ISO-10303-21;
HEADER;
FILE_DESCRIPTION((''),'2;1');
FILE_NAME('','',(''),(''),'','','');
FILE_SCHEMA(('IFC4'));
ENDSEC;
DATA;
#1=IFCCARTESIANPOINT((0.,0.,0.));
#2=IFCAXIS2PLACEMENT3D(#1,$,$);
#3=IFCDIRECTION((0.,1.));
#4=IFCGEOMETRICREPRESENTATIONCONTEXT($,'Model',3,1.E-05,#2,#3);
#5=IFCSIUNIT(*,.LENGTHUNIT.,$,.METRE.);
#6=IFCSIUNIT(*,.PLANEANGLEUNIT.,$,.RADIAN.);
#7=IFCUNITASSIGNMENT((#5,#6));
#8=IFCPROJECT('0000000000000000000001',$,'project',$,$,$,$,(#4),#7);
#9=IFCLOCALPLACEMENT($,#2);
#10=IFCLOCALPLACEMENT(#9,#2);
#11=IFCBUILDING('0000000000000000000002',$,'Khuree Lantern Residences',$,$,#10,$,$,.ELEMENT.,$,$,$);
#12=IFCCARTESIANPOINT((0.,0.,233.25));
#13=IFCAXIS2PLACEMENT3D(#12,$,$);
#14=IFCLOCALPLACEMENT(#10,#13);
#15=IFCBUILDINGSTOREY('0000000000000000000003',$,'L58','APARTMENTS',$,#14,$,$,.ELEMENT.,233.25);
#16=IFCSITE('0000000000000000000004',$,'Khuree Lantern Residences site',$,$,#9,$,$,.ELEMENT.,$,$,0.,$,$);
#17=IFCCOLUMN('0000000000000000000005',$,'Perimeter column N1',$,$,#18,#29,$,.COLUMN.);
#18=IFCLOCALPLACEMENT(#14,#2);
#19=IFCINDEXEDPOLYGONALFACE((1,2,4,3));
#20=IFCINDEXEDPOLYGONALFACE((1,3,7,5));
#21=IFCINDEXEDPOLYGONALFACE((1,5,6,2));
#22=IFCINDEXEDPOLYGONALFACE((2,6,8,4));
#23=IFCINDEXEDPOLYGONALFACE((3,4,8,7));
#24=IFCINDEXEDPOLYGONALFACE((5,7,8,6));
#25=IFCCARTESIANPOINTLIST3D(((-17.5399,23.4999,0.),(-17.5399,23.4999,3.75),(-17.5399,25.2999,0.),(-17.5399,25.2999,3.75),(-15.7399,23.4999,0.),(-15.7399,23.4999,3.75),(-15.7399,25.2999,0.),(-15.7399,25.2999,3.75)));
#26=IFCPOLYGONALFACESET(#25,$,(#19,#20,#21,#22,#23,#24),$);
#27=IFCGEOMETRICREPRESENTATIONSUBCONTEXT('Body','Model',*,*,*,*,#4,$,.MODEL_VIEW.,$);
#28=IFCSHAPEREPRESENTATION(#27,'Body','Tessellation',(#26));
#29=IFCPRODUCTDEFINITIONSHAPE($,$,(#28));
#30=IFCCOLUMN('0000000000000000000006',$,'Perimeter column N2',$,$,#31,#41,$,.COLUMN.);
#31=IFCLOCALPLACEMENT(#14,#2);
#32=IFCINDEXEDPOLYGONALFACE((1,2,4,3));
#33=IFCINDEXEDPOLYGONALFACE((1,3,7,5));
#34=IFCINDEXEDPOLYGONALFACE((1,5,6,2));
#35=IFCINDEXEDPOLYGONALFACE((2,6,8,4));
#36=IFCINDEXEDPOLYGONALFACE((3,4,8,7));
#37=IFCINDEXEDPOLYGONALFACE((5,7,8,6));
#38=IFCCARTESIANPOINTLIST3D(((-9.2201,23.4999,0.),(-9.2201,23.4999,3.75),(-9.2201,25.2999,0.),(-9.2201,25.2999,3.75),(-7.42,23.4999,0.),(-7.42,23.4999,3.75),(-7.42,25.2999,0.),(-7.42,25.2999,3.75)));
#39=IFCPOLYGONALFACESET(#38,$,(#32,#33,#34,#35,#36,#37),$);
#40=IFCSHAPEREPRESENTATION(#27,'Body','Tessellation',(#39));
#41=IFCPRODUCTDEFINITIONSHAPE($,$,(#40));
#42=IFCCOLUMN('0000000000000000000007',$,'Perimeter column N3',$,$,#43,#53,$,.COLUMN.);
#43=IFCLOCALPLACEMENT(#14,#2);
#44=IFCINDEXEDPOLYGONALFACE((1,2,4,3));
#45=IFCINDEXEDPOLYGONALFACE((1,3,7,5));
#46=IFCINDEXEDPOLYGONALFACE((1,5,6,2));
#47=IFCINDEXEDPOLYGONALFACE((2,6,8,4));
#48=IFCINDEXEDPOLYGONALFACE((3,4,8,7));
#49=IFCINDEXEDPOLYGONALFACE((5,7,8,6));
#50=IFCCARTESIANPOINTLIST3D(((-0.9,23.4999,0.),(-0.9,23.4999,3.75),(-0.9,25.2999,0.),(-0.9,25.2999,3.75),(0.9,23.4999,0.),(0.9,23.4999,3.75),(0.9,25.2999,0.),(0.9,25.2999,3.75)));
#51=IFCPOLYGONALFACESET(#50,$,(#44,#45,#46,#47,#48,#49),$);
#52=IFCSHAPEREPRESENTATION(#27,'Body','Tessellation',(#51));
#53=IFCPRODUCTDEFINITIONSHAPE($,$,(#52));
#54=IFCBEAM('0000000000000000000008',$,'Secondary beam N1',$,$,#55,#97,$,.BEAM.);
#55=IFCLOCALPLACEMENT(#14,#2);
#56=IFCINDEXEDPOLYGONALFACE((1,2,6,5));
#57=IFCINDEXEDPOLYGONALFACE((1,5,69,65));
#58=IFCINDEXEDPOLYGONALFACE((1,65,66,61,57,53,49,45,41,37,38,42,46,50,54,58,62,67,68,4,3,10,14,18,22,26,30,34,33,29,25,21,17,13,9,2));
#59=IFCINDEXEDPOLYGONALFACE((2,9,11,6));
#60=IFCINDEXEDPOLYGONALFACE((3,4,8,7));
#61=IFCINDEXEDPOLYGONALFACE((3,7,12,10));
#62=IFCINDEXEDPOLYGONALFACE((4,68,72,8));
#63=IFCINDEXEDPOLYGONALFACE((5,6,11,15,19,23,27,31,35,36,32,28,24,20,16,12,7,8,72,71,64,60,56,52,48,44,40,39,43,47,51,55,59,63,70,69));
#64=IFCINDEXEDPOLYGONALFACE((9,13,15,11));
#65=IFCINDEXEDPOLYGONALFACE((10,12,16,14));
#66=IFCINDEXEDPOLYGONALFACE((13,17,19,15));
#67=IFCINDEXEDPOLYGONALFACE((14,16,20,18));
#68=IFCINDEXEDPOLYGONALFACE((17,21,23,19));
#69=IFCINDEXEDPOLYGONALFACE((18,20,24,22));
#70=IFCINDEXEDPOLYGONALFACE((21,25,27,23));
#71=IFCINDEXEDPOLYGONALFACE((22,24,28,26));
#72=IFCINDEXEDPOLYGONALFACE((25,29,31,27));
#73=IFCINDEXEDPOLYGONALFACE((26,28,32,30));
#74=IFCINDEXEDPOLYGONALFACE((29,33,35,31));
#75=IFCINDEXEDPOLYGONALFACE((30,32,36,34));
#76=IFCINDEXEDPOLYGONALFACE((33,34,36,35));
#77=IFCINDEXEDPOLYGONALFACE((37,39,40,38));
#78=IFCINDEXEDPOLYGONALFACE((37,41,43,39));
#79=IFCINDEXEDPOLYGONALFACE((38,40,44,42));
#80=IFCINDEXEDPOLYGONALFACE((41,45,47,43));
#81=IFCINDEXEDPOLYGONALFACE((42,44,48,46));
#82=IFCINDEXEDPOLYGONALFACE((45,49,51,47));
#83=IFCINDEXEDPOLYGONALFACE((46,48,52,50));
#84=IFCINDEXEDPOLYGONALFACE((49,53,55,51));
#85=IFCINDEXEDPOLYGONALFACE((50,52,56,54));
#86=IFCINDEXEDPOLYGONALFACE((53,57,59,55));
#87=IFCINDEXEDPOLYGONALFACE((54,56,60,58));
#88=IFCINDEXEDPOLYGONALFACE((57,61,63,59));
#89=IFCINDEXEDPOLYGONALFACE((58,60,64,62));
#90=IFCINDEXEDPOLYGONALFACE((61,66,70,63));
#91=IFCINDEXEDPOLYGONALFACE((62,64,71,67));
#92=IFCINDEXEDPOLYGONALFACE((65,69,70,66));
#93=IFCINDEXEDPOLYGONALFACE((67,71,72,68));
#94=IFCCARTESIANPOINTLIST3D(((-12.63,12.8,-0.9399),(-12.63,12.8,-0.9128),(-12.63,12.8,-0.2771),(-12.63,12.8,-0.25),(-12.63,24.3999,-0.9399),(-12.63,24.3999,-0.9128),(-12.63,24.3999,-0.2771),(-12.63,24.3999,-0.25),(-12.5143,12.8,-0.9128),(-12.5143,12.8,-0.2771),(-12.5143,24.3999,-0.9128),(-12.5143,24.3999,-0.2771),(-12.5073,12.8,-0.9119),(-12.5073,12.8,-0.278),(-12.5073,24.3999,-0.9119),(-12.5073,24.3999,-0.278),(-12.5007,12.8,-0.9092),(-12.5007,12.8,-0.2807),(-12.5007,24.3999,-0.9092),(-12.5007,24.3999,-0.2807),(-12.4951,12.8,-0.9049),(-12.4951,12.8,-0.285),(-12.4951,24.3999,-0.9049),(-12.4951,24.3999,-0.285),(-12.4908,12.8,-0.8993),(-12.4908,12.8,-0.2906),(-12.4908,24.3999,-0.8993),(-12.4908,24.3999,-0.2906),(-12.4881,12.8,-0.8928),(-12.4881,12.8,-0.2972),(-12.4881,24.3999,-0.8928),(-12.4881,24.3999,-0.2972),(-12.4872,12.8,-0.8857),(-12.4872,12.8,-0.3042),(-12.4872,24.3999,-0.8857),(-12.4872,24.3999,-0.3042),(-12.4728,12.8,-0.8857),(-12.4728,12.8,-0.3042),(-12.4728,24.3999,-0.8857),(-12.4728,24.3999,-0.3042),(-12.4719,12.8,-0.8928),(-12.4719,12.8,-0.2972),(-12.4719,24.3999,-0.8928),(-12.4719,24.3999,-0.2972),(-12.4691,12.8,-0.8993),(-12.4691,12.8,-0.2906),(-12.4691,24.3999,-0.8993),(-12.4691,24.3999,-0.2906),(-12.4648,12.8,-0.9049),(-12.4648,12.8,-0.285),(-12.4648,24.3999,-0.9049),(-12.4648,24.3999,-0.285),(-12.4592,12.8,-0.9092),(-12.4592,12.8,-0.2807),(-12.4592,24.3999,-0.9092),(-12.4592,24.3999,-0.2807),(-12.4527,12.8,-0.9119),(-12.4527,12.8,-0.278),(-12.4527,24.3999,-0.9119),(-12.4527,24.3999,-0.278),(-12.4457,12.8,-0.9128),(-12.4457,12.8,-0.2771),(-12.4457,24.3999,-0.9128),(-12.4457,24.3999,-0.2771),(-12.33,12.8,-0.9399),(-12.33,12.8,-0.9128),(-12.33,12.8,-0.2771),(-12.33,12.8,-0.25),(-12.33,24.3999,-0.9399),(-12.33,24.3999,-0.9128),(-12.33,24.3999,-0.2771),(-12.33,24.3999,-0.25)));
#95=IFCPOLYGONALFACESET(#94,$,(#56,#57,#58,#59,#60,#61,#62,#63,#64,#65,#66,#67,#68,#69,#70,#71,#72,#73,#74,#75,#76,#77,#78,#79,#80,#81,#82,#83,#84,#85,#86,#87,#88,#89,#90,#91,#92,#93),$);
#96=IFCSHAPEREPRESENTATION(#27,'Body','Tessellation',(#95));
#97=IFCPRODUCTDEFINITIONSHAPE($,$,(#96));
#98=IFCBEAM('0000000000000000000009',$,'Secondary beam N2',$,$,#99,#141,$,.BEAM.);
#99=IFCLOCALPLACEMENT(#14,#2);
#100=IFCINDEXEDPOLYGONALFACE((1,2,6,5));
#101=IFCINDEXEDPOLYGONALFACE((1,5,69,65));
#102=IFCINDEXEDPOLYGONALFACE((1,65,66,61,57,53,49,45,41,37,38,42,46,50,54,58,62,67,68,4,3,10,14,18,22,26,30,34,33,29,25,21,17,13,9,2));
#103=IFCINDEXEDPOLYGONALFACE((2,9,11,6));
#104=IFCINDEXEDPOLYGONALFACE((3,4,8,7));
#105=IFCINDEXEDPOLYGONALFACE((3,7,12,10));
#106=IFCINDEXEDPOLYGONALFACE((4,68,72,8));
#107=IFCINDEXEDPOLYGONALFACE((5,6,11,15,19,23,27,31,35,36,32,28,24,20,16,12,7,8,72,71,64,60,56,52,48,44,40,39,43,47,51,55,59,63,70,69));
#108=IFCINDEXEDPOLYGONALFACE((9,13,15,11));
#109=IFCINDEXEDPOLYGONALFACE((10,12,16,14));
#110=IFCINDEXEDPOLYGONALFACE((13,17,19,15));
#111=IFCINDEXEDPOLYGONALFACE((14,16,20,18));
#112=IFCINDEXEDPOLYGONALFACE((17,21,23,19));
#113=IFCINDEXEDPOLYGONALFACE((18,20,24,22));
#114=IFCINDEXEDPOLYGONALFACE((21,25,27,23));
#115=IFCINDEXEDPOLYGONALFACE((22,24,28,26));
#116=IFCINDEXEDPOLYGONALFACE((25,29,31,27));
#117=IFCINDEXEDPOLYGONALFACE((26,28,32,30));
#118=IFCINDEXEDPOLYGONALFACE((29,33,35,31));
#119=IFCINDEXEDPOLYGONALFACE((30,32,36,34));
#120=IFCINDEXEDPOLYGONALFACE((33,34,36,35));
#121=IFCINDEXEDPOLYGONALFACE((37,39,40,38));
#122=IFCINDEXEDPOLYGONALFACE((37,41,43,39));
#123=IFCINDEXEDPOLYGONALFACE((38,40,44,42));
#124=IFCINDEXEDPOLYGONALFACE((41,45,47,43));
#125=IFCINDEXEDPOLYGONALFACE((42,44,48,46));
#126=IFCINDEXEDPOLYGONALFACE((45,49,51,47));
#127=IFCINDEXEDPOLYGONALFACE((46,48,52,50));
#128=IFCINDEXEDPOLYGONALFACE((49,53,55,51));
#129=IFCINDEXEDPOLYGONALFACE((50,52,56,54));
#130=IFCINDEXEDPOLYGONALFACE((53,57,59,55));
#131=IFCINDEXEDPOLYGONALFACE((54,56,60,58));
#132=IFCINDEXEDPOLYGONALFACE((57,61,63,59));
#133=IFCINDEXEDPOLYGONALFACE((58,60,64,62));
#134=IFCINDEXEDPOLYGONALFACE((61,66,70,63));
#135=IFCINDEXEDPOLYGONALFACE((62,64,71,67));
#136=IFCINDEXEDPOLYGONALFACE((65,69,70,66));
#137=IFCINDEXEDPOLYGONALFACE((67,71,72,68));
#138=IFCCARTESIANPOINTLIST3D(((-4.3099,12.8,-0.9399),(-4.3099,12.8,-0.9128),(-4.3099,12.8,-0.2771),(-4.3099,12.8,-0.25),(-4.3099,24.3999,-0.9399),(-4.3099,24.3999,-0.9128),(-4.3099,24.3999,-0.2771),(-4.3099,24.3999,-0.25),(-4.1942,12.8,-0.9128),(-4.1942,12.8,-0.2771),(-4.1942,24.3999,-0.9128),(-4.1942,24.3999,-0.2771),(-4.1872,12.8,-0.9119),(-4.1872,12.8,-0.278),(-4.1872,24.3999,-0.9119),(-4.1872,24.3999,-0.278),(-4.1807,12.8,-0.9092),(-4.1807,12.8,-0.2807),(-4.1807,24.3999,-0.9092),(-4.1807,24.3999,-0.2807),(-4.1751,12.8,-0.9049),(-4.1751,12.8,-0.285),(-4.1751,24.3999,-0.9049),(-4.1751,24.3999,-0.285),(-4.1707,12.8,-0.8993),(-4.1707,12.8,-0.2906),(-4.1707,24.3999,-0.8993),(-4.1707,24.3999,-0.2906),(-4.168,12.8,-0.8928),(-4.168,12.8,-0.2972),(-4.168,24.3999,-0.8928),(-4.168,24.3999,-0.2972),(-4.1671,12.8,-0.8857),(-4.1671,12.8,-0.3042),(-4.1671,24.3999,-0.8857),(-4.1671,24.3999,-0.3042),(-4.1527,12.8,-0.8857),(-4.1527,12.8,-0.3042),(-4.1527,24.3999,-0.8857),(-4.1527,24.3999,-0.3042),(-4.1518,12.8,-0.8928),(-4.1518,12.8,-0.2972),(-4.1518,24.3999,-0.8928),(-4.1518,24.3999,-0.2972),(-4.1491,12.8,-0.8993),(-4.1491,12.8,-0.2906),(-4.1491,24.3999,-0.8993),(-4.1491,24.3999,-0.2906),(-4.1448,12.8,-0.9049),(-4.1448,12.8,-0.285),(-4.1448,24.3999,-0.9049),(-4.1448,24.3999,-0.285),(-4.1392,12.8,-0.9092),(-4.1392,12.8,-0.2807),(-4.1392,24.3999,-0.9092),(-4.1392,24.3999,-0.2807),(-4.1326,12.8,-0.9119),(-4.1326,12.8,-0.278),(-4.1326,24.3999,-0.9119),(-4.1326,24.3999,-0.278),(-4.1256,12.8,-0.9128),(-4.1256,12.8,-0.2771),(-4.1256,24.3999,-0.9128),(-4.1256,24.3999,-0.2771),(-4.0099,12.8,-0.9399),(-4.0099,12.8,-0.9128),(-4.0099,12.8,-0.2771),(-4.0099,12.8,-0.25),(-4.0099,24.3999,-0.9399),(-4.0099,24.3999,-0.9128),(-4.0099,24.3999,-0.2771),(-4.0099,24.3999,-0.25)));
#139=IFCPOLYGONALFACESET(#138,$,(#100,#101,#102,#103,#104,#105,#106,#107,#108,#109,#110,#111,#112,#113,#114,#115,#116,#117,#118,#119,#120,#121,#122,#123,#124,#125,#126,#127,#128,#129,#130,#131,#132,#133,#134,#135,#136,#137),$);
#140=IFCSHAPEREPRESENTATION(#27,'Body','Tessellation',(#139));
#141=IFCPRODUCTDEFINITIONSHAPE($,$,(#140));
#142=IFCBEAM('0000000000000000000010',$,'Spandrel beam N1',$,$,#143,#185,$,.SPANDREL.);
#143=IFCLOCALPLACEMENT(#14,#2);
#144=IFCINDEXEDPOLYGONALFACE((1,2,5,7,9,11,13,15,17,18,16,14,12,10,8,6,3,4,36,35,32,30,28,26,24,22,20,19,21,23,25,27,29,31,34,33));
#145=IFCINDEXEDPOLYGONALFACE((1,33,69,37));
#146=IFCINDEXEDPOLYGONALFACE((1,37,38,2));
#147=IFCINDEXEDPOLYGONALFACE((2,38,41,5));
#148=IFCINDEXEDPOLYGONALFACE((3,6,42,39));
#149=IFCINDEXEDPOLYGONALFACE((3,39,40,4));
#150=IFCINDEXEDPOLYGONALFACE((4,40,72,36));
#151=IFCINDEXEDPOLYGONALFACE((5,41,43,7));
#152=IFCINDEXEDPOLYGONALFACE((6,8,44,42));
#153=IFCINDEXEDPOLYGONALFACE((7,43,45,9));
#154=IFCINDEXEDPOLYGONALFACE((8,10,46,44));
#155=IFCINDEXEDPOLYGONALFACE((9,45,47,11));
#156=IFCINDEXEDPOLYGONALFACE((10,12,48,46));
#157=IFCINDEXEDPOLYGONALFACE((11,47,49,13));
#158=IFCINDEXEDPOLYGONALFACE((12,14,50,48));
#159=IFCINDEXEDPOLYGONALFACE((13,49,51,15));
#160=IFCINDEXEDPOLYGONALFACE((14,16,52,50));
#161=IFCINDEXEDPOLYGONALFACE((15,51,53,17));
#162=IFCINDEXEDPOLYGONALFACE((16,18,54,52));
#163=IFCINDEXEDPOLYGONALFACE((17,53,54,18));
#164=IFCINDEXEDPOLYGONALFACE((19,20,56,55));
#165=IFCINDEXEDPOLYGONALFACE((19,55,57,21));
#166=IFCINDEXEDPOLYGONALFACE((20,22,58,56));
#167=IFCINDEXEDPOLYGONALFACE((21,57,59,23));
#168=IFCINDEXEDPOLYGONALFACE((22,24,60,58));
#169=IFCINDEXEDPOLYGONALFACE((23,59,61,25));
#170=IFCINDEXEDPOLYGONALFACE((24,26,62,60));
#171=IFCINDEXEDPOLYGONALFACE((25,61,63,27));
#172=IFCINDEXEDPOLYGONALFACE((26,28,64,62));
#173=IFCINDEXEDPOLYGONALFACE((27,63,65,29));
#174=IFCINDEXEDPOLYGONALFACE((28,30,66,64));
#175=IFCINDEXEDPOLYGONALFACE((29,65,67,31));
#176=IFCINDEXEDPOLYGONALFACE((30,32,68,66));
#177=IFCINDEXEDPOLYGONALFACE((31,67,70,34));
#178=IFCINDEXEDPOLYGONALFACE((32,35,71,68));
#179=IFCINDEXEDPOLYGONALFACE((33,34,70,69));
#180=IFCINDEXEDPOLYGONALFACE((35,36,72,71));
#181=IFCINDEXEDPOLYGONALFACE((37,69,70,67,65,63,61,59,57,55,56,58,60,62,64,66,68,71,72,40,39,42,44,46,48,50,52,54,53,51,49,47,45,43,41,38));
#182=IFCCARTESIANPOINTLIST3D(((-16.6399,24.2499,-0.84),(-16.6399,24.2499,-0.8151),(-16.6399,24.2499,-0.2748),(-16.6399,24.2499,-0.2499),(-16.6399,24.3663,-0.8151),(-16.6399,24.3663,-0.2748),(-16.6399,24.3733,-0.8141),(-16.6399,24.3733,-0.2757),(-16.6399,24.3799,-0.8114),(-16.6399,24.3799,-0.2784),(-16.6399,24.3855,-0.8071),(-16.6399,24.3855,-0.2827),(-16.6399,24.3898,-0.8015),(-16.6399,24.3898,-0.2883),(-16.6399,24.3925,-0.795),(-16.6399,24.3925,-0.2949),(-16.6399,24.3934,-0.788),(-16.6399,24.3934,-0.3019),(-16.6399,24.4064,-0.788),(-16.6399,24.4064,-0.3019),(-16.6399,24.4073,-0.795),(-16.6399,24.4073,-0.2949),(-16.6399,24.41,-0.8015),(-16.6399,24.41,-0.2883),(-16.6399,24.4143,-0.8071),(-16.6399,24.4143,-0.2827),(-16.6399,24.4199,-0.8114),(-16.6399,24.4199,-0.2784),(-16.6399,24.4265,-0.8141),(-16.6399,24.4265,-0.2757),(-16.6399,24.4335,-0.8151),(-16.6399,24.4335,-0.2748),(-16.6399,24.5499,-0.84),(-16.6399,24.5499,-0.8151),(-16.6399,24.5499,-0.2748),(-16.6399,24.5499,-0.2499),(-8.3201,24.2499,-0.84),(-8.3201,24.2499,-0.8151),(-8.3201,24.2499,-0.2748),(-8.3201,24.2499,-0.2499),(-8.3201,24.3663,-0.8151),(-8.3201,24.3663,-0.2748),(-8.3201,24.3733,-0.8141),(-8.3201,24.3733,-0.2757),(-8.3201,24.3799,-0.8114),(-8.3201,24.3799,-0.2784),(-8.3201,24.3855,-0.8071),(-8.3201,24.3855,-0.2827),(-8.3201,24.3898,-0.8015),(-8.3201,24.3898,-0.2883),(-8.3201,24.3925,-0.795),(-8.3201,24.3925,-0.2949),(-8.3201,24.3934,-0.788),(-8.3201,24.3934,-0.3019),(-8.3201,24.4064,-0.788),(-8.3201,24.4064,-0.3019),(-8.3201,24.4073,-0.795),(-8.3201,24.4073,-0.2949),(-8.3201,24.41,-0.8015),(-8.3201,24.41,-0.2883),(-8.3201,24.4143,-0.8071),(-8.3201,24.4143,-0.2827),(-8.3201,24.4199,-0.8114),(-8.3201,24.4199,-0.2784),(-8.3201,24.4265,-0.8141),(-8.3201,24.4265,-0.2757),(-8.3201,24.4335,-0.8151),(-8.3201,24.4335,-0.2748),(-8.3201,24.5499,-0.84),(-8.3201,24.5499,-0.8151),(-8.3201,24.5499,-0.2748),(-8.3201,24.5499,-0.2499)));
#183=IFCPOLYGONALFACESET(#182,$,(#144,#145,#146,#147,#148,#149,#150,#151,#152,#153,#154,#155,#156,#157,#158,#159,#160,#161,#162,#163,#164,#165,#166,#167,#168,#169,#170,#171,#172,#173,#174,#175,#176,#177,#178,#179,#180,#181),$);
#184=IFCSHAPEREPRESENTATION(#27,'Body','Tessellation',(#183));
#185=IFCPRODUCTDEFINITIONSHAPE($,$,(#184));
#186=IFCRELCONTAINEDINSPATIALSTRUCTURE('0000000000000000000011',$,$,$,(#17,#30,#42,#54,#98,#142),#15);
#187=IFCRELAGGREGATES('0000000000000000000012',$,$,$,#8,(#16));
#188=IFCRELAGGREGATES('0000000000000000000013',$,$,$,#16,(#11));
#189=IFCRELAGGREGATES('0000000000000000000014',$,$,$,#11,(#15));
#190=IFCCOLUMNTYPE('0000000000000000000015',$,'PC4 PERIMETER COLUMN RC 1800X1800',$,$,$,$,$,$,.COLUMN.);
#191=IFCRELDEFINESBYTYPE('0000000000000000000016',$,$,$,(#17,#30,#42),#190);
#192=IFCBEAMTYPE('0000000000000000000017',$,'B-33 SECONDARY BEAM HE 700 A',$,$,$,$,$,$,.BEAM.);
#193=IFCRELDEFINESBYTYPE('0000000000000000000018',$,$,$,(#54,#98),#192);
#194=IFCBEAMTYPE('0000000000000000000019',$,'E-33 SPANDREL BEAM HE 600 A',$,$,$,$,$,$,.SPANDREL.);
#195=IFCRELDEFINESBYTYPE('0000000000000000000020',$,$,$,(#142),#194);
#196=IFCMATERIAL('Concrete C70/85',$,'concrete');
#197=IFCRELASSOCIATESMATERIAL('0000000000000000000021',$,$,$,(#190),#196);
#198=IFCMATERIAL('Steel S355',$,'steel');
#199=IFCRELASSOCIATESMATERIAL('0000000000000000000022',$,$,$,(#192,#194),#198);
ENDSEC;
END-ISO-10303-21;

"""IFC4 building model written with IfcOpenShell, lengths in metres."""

from ifc_helpers import new_model, si_unit, direction, frame, origin, origin_2d, place, context, subcontext, project, spatial, rectangle, i_section, extrude, material, material_profile, profile_set, type_object, element, save


model = new_model("IFC4")

# Units and contexts
model_context = context("Model", 3, precision=1e-05, world=origin(), true_north=direction((0.0, 1.0)))
body_context = subcontext(model_context, "Body", "Model", "MODEL_VIEW")
ifc_project = project(units=[si_unit("LENGTHUNIT", "METRE"), si_unit("PLANEANGLEUNIT", "RADIAN")], contexts=[model_context])

# Site, building, storey
site_placement = place(None, origin())
site = spatial("IfcSite", under=ifc_project, at=site_placement, Name="Khuree Lantern Residences site", CompositionType="ELEMENT", RefElevation=0.0)
building_placement = place(site_placement, origin())
building = spatial("IfcBuilding", under=site, at=building_placement, Name="Khuree Lantern Residences", CompositionType="ELEMENT")
storey_placement = place(building_placement, frame((0.0, 0.0, 233.25)))
storey = spatial("IfcBuildingStorey", under=building, at=storey_placement, Name="L58", Description="APARTMENTS", CompositionType="ELEMENT", Elevation=233.25)

# Columns
ifc_material_1 = material(Name="Concrete C70/85", Category="concrete")
ifc_material_profile_1 = material_profile(ifc_material_1, rectangle(XDim=1.8, YDim=1.8, at=origin_2d()), Name="RC 1800X1800")
ifc_profile_set_1 = profile_set([ifc_material_profile_1], Name="Concrete C70/85")
column_type = type_object("IfcColumnType", Name="PC4 PERIMETER COLUMN RC 1800X1800", PredefinedType="COLUMN", material=ifc_profile_set_1)
for number, where, z_axis, x_axis, name in (
    (1, (-16.6399, 24.3999, 0.0), (0.0, 0.0, 1.0), (1.0, 0.0, 0.0), "Perimeter column N1"),
    (2, (-8.3201, 24.3999, 0.0), (0.0, 0.0, 1.0), (1.0, 0.0, 0.0), "Perimeter column N2"),
    (3, (0.0, 24.3999, 0.0), (0.0, 0.0, 1.0), (1.0, 0.0, 0.0), "Perimeter column N3"),
):
    element("IfcColumn", number, at=place(storey_placement, frame(where, z_axis=z_axis, x_axis=x_axis)), inside=storey, type_object=column_type, Name=name, PredefinedType="COLUMN", context=body_context, shape_type="SweptSolid", body=[
        extrude(rectangle(XDim=1.8, YDim=1.8, at=origin_2d()), origin(), (0.0, 0.0, 1.0), 3.75),
    ])

# Beams
ifc_material_2 = material(Name="Steel S355", Category="steel")
ifc_material_profile_2 = material_profile(ifc_material_2, i_section(OverallWidth=0.3, OverallDepth=0.6899, WebThickness=0.0144, FlangeThickness=0.0271, FilletRadius=0.0271, at=origin_2d()), Name="HE 700 A")
ifc_profile_set_2 = profile_set([ifc_material_profile_2], Name="Steel S355")
beam_type_1 = type_object("IfcBeamType", Name="B-33 SECONDARY BEAM HE 700 A", PredefinedType="BEAM", material=ifc_profile_set_2)
for number, where, z_axis, x_axis, name in (
    (4, (-12.48, 24.3999, -0.595), (0.0, -1.0, 0.0), (1.0, 0.0, 0.0), "Secondary beam N1"),
    (5, (-4.1599, 24.3999, -0.595), (0.0, -1.0, 0.0), (1.0, 0.0, 0.0), "Secondary beam N2"),
):
    element("IfcBeam", number, at=place(storey_placement, frame(where, z_axis=z_axis, x_axis=x_axis)), inside=storey, type_object=beam_type_1, Name=name, PredefinedType="BEAM", context=body_context, shape_type="SweptSolid", body=[
        extrude(i_section(OverallWidth=0.3, OverallDepth=0.6899, WebThickness=0.0144, FlangeThickness=0.0271, FilletRadius=0.0271, at=origin_2d()), origin(), (0.0, 0.0, 1.0), 11.5999),
    ])
ifc_material_profile_3 = material_profile(ifc_material_2, i_section(OverallWidth=0.3, OverallDepth=0.5901, WebThickness=0.0129, FlangeThickness=0.0249, FilletRadius=0.0271, at=origin_2d()), Name="HE 600 A")
ifc_profile_set_3 = profile_set([ifc_material_profile_3], Name="Steel S355")
beam_type_2 = type_object("IfcBeamType", Name="E-33 SPANDREL BEAM HE 600 A", PredefinedType="SPANDREL", material=ifc_profile_set_3)
beam_1_placement = place(storey_placement, frame((-16.6399, 24.3999, -0.5449), z_axis=(1.0, 0.0, 0.0), x_axis=(0.0, 1.0, 0.0)))
element("IfcBeam", 6, at=beam_1_placement, inside=storey, type_object=beam_type_2, Name="Spandrel beam N1", PredefinedType="SPANDREL", context=body_context, shape_type="SweptSolid", body=[
    extrude(i_section(OverallWidth=0.3, OverallDepth=0.5901, WebThickness=0.0129, FlangeThickness=0.0249, FilletRadius=0.0271, at=origin_2d()), origin(), (0.0, 0.0, 1.0), 8.3198),
])

save(model, "model.ifc")
